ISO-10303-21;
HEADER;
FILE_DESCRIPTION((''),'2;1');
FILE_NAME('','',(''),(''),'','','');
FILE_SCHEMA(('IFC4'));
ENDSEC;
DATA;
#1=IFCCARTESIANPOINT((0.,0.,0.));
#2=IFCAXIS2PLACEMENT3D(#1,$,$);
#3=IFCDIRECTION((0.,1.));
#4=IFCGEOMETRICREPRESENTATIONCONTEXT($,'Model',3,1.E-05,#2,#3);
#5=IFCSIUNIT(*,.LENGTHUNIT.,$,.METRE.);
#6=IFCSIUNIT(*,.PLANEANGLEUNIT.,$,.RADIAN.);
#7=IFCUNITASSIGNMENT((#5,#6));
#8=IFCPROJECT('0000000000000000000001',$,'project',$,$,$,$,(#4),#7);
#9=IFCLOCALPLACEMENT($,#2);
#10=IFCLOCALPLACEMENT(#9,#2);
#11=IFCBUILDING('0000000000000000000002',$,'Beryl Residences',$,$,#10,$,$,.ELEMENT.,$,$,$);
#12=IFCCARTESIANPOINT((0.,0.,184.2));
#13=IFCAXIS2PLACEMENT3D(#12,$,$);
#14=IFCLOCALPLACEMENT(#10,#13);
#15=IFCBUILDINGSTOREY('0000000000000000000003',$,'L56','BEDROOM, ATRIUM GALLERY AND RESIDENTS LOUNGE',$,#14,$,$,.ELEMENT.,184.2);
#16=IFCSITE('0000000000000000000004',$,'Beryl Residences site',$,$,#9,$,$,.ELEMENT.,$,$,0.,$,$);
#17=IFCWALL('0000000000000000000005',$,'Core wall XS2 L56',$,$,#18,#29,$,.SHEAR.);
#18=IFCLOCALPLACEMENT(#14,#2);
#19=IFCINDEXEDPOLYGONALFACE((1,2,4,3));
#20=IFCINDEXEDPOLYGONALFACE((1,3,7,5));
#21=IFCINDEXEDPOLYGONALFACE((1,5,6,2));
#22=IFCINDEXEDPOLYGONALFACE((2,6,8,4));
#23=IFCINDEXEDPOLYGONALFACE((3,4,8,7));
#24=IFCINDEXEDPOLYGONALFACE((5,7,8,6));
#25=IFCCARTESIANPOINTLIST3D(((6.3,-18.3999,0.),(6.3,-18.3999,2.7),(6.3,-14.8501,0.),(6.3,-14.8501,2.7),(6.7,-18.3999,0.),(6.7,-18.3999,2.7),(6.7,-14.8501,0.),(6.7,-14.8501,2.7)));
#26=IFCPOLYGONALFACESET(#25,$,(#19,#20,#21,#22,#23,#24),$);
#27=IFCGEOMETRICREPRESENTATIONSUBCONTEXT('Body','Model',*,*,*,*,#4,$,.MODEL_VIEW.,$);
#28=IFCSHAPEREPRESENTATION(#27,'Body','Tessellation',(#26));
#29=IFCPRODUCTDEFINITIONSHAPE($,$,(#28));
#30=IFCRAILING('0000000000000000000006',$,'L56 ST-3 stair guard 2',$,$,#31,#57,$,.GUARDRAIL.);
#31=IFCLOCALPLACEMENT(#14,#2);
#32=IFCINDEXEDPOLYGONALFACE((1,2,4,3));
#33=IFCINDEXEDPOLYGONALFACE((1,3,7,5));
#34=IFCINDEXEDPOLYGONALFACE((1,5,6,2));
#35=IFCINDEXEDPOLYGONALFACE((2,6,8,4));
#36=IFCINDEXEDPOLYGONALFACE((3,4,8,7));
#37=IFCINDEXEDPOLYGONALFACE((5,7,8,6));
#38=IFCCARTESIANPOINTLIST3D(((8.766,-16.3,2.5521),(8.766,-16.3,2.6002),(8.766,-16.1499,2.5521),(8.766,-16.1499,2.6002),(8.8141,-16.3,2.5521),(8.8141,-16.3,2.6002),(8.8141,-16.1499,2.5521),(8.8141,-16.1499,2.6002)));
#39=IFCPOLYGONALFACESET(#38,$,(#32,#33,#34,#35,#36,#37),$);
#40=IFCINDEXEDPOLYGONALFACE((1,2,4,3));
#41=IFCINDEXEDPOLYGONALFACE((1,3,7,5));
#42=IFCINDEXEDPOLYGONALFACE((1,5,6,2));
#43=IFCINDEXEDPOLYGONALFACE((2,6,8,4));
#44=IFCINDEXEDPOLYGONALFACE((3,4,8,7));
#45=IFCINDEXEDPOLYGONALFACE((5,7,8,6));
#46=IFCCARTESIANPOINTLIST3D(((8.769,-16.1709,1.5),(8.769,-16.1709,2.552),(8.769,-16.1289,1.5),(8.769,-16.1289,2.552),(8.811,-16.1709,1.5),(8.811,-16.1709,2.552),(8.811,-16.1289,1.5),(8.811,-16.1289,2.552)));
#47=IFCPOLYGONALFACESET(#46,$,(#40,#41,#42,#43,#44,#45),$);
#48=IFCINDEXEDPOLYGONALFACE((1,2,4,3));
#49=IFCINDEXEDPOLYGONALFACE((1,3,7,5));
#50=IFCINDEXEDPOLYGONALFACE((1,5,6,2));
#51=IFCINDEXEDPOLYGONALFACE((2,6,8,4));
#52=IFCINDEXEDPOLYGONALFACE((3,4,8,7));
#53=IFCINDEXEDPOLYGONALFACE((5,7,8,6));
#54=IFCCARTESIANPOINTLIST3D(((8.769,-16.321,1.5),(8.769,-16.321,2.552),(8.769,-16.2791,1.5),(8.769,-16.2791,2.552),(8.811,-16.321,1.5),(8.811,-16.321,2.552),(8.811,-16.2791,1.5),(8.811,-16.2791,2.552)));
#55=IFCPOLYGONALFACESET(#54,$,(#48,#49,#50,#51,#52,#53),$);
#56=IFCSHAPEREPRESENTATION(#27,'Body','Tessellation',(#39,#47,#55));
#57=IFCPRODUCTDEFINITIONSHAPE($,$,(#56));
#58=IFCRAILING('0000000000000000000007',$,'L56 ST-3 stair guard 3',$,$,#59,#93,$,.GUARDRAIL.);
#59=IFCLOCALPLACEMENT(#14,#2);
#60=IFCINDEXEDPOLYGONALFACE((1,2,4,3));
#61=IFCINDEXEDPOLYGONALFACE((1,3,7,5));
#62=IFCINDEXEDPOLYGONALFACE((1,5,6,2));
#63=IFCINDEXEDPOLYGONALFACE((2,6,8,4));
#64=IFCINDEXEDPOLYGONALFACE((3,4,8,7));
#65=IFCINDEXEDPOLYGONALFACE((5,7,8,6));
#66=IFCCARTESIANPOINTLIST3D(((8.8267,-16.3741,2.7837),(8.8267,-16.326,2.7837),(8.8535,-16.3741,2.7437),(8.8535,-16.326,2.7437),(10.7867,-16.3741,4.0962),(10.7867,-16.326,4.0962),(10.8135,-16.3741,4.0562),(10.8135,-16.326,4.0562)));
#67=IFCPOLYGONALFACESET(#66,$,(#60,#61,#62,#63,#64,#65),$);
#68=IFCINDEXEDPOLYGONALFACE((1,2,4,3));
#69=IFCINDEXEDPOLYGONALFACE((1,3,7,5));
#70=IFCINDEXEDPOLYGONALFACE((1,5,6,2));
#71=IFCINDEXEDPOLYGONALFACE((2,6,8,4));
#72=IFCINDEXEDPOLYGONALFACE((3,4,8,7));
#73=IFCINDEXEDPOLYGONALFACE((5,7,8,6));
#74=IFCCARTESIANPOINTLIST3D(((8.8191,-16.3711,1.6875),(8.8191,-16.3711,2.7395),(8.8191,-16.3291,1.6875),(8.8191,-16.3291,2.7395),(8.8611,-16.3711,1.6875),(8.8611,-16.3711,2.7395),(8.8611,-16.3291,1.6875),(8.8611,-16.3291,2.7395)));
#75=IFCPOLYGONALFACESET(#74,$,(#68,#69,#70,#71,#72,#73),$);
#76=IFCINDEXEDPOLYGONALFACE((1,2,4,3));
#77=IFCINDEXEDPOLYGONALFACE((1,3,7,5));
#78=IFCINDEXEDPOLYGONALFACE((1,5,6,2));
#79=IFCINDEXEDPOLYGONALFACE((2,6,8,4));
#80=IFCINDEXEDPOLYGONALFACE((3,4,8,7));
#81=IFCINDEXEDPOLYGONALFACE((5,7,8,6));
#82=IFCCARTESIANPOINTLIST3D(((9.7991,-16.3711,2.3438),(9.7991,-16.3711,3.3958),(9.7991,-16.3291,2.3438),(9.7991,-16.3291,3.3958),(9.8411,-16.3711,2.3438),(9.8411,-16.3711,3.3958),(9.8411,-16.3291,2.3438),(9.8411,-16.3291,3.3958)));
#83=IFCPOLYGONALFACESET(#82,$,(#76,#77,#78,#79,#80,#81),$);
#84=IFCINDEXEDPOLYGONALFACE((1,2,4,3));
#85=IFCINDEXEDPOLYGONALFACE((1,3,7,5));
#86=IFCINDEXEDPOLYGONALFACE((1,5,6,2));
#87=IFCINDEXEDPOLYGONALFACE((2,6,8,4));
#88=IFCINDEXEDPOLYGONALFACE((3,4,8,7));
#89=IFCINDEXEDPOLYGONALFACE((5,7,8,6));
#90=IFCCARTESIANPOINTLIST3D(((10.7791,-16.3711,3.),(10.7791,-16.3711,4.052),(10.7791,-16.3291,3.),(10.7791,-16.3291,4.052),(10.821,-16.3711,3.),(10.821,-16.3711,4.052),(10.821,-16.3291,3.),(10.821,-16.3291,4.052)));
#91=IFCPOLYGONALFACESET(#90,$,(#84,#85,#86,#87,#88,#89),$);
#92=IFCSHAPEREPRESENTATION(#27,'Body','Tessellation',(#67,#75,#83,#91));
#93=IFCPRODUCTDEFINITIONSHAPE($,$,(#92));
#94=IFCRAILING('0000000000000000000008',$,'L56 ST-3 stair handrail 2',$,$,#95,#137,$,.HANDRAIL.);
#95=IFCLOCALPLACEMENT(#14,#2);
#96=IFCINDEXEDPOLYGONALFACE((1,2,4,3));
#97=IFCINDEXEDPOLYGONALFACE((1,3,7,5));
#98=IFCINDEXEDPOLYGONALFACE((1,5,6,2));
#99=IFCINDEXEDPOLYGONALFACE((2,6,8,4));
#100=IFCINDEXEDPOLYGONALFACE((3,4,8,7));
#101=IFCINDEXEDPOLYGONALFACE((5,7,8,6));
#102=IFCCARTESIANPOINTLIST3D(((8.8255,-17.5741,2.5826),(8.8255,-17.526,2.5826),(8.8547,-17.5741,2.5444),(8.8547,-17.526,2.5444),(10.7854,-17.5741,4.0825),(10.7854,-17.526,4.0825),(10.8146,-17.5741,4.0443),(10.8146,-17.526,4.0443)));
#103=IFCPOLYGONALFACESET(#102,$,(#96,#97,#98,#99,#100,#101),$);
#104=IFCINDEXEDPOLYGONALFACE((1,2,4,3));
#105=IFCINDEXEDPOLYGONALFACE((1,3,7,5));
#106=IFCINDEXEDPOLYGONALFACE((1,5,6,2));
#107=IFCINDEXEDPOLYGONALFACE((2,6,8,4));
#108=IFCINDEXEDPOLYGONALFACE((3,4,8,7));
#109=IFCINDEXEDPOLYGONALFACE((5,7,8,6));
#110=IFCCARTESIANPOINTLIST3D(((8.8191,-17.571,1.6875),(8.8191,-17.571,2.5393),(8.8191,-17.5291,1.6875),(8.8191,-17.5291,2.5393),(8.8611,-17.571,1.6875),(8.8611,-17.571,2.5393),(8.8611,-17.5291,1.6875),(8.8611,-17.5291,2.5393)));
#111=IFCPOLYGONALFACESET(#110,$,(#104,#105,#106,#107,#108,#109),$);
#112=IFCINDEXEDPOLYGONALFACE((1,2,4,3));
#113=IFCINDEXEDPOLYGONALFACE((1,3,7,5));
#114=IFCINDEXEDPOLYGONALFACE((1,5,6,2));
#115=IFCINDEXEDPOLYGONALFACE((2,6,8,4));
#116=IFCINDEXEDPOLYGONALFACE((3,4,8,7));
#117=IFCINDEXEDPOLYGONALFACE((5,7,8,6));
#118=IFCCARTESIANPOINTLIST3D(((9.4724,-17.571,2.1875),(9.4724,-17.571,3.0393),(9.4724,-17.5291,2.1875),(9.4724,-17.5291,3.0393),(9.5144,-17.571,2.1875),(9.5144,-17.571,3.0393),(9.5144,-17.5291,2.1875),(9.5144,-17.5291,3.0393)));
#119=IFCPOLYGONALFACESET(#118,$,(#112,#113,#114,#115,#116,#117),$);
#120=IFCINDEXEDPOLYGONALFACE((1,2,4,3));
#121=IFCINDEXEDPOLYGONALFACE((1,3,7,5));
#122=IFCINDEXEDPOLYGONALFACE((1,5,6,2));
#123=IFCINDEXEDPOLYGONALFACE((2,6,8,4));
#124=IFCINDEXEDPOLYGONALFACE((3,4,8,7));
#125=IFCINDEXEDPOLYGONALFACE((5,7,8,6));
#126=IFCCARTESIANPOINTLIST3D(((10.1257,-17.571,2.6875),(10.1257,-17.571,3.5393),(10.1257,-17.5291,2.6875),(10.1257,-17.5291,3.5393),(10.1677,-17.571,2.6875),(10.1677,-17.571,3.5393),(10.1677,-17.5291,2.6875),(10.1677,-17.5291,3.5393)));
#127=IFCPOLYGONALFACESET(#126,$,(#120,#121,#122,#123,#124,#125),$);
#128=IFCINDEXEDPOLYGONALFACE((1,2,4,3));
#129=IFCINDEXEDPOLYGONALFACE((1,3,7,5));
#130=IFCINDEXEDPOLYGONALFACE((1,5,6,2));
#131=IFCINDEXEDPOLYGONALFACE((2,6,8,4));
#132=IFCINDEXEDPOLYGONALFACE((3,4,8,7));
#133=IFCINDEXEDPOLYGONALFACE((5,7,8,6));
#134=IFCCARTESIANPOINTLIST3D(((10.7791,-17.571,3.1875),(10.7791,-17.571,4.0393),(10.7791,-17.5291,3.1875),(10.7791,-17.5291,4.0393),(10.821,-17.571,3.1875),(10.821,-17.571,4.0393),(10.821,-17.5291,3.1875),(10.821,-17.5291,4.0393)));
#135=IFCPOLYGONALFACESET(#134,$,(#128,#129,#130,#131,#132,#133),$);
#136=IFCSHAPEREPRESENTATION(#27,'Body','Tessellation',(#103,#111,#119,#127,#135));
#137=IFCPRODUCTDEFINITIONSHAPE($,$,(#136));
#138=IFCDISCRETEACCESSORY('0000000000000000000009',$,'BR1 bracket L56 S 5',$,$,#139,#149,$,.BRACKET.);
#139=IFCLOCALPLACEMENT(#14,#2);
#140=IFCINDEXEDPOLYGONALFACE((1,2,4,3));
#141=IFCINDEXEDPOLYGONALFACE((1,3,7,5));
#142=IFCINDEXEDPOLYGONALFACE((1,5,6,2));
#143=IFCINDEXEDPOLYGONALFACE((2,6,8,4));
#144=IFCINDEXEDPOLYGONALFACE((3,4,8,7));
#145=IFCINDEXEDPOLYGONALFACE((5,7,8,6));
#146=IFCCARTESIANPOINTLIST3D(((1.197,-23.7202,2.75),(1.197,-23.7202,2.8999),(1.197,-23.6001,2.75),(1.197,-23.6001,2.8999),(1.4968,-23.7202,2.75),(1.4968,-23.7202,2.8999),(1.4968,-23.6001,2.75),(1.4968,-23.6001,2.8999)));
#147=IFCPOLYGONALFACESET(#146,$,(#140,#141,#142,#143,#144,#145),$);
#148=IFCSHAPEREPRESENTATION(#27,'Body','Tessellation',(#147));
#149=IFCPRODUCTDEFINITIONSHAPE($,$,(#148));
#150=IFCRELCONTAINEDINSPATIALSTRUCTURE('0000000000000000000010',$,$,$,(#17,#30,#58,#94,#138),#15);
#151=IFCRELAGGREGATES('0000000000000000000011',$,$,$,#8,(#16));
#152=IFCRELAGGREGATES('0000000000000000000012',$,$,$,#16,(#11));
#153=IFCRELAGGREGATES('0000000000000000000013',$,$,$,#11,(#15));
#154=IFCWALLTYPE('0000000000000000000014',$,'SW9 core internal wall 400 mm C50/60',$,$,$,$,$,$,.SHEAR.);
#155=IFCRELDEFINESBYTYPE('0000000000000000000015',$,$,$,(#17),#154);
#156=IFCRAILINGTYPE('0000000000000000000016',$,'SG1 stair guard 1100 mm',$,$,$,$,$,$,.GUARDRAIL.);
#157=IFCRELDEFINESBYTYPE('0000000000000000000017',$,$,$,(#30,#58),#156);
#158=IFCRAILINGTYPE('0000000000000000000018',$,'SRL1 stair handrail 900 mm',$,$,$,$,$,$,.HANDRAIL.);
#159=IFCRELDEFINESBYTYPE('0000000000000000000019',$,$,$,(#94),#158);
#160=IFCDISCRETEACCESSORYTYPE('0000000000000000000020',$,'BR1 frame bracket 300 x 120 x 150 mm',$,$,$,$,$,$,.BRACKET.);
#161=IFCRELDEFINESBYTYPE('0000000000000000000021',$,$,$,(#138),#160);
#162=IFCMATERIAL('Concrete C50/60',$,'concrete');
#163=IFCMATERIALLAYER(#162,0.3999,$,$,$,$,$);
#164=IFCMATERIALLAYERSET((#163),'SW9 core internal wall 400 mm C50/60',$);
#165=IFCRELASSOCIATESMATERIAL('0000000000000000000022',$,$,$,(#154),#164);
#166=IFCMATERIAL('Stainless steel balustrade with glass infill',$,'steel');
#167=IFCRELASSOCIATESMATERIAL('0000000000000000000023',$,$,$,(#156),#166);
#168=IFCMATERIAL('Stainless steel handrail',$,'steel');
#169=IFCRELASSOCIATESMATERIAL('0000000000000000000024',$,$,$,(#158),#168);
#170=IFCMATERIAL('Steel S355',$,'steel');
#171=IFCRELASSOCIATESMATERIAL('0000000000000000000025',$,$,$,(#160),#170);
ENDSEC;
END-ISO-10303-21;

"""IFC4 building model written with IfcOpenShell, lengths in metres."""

from ifc_helpers import new_model, si_unit, direction, frame, frame_2d, origin, origin_2d, place, context, subcontext, project, spatial, polyline, rectangle, outline, extrude, source, transform, mapped, material, layer, layer_set, type_object, type_shapes, element, save


model = new_model("IFC4")

# Units and contexts
model_context = context("Model", 3, precision=1e-05, world=origin(), true_north=direction((0.0, 1.0)))
body_context = subcontext(model_context, "Body", "Model", "MODEL_VIEW")
ifc_project = project(units=[si_unit("LENGTHUNIT", "METRE"), si_unit("PLANEANGLEUNIT", "RADIAN")], contexts=[model_context])

# Site, building, storey
site_placement = place(None, origin())
site = spatial("IfcSite", under=ifc_project, at=site_placement, Name="Beryl Residences site", CompositionType="ELEMENT", RefElevation=0.0)
building_placement = place(site_placement, origin())
building = spatial("IfcBuilding", under=site, at=building_placement, Name="Beryl Residences", CompositionType="ELEMENT")
storey_placement = place(building_placement, frame((0.0, 0.0, 184.2)))
storey = spatial("IfcBuildingStorey", under=building, at=storey_placement, Name="L56", Description="BEDROOM, ATRIUM GALLERY AND RESIDENTS LOUNGE", CompositionType="ELEMENT", Elevation=184.2)

# Wall
ifc_material_1 = material(Name="Concrete C50/60", Category="concrete")
ifc_layer_1 = layer(ifc_material_1, 0.3999)
ifc_layer_set_1 = layer_set([ifc_layer_1], Name="SW9 core internal wall 400 mm C50/60")
wall_type_1 = type_object("IfcWallType", Name="SW9 core internal wall 400 mm C50/60", PredefinedType="SHEAR", material=ifc_layer_set_1)
wall_1_placement = place(storey_placement, frame((6.5, -18.3999, 0.0), z_axis=(0.0, 0.0, 1.0), x_axis=(0.0, 1.0, 0.0)))
element("IfcWall", 1, at=wall_1_placement, inside=storey, type_object=wall_type_1, Name="Core wall XS2 L56", PredefinedType="SHEAR", context=body_context, shape_type="SweptSolid", body=[
    extrude(rectangle(XDim=3.5498, YDim=0.3999, at=frame_2d((1.7749, 0.0))), origin(), (0.0, 0.0, 1.0), 2.7),
])

# Railings
ifc_material_2 = material(Name="Stainless steel balustrade with glass infill", Category="steel")
railing_type_1 = type_object("IfcRailingType", Name="SG1 stair guard 1100 mm", PredefinedType="GUARDRAIL", material=ifc_material_2)
railing_1_placement = place(storey_placement, frame((8.79, -16.1499, 1.5)))
element("IfcRailing", 2, at=railing_1_placement, inside=storey, type_object=railing_type_1, Name="L56 ST-3 stair guard 2", PredefinedType="GUARDRAIL", context=body_context, shape_type="SweptSolid", body=[
    extrude(rectangle(XDim=0.0481, YDim=0.0481, at=origin_2d()), frame((0.0, 0.0, 1.0762), z_axis=(0.0, -1.0, 0.0), x_axis=(1.0, 0.0, 0.0)), (0.0, 0.0, 1.0), 0.1501),
    extrude(rectangle(XDim=0.042, YDim=0.042, at=origin_2d()), origin(), (0.0, 0.0, 1.0), 1.052),
    extrude(rectangle(XDim=0.042, YDim=0.042, at=origin_2d()), frame((0.0, -0.1501, 0.0)), (0.0, 0.0, 1.0), 1.052),
])
railing_2_placement = place(storey_placement, frame((8.8401, -16.3501, 1.6875)))
element("IfcRailing", 3, at=railing_2_placement, inside=storey, type_object=railing_type_1, Name="L56 ST-3 stair guard 3", PredefinedType="GUARDRAIL", context=body_context, shape_type="SweptSolid", body=[
    extrude(rectangle(XDim=0.0481, YDim=0.0481, at=origin_2d()), frame((0.0, 0.0, 1.0762), z_axis=(0.830902, 0.0, 0.556419), x_axis=(0.0, 1.0, 0.0)), (0.0, 0.0, 1.0), 2.3589),
    extrude(rectangle(XDim=0.042, YDim=0.042, at=origin_2d()), origin(), (0.0, 0.0, 1.0), 1.052),
    extrude(rectangle(XDim=0.042, YDim=0.042, at=origin_2d()), frame((0.98, 0.0, 0.6562)), (0.0, 0.0, 1.0), 1.052),
    extrude(rectangle(XDim=0.042, YDim=0.042, at=origin_2d()), frame((1.96, 0.0, 1.3125)), (0.0, 0.0, 1.0), 1.052),
])
ifc_material_3 = material(Name="Stainless steel handrail", Category="steel")
railing_type_2 = type_object("IfcRailingType", Name="SRL1 stair handrail 900 mm", PredefinedType="HANDRAIL", material=ifc_material_3)
railing_3_placement = place(storey_placement, frame((8.8401, -17.55, 1.6875)))
element("IfcRailing", 4, at=railing_3_placement, inside=storey, type_object=railing_type_2, Name="L56 ST-3 stair handrail 2", PredefinedType="HANDRAIL", context=body_context, shape_type="SweptSolid", body=[
    extrude(rectangle(XDim=0.0481, YDim=0.0481, at=origin_2d()), frame((0.0, 0.0, 0.876), z_axis=(0.794122, 0.0, 0.607758), x_axis=(0.0, 1.0, 0.0)), (0.0, 0.0, 1.0), 2.468),
    extrude(rectangle(XDim=0.042, YDim=0.042, at=origin_2d()), origin(), (0.0, 0.0, 1.0), 0.8518),
    extrude(rectangle(XDim=0.042, YDim=0.042, at=origin_2d()), frame((0.6533, 0.0, 0.5)), (0.0, 0.0, 1.0), 0.8518),
    extrude(rectangle(XDim=0.042, YDim=0.042, at=origin_2d()), frame((1.3066, 0.0, 1.0)), (0.0, 0.0, 1.0), 0.8518),
    extrude(rectangle(XDim=0.042, YDim=0.042, at=origin_2d()), frame((1.96, 0.0, 1.5)), (0.0, 0.0, 1.0), 0.8518),
])

# Discrete accessory
ifc_material_4 = material(Name="Steel S355", Category="steel")
discrete_accessory_type = type_object("IfcDiscreteAccessoryType", Name="BR1 frame bracket 300 x 120 x 150 mm", PredefinedType="BRACKET", material=ifc_material_4)
shared_shape_1 = source(origin(), body_context, "Body", "SweptSolid", [
    extrude(outline(polyline([(-0.1499, 0.0), (0.1499, 0.0), (0.1499, 0.1201), (-0.1499, 0.1201), (-0.1499, 0.0)])), origin(), (0.0, 0.0, 1.0), 0.1499),
])
type_shapes(discrete_accessory_type, [shared_shape_1])
discrete_accessory_placement = place(storey_placement, frame((1.3469, -23.6001, 2.75), z_axis=(0.0, 0.0, 1.0), x_axis=(-1.0, 0.0, 0.0)))
element("IfcDiscreteAccessory", 5, at=discrete_accessory_placement, inside=storey, type_object=discrete_accessory_type, Name="BR1 bracket L56 S 5", PredefinedType="BRACKET", context=body_context, shape_type="MappedRepresentation", body=[
    mapped(shared_shape_1, transform((0.0, 0.0, 0.0))),
])

save(model, "model.ifc")
